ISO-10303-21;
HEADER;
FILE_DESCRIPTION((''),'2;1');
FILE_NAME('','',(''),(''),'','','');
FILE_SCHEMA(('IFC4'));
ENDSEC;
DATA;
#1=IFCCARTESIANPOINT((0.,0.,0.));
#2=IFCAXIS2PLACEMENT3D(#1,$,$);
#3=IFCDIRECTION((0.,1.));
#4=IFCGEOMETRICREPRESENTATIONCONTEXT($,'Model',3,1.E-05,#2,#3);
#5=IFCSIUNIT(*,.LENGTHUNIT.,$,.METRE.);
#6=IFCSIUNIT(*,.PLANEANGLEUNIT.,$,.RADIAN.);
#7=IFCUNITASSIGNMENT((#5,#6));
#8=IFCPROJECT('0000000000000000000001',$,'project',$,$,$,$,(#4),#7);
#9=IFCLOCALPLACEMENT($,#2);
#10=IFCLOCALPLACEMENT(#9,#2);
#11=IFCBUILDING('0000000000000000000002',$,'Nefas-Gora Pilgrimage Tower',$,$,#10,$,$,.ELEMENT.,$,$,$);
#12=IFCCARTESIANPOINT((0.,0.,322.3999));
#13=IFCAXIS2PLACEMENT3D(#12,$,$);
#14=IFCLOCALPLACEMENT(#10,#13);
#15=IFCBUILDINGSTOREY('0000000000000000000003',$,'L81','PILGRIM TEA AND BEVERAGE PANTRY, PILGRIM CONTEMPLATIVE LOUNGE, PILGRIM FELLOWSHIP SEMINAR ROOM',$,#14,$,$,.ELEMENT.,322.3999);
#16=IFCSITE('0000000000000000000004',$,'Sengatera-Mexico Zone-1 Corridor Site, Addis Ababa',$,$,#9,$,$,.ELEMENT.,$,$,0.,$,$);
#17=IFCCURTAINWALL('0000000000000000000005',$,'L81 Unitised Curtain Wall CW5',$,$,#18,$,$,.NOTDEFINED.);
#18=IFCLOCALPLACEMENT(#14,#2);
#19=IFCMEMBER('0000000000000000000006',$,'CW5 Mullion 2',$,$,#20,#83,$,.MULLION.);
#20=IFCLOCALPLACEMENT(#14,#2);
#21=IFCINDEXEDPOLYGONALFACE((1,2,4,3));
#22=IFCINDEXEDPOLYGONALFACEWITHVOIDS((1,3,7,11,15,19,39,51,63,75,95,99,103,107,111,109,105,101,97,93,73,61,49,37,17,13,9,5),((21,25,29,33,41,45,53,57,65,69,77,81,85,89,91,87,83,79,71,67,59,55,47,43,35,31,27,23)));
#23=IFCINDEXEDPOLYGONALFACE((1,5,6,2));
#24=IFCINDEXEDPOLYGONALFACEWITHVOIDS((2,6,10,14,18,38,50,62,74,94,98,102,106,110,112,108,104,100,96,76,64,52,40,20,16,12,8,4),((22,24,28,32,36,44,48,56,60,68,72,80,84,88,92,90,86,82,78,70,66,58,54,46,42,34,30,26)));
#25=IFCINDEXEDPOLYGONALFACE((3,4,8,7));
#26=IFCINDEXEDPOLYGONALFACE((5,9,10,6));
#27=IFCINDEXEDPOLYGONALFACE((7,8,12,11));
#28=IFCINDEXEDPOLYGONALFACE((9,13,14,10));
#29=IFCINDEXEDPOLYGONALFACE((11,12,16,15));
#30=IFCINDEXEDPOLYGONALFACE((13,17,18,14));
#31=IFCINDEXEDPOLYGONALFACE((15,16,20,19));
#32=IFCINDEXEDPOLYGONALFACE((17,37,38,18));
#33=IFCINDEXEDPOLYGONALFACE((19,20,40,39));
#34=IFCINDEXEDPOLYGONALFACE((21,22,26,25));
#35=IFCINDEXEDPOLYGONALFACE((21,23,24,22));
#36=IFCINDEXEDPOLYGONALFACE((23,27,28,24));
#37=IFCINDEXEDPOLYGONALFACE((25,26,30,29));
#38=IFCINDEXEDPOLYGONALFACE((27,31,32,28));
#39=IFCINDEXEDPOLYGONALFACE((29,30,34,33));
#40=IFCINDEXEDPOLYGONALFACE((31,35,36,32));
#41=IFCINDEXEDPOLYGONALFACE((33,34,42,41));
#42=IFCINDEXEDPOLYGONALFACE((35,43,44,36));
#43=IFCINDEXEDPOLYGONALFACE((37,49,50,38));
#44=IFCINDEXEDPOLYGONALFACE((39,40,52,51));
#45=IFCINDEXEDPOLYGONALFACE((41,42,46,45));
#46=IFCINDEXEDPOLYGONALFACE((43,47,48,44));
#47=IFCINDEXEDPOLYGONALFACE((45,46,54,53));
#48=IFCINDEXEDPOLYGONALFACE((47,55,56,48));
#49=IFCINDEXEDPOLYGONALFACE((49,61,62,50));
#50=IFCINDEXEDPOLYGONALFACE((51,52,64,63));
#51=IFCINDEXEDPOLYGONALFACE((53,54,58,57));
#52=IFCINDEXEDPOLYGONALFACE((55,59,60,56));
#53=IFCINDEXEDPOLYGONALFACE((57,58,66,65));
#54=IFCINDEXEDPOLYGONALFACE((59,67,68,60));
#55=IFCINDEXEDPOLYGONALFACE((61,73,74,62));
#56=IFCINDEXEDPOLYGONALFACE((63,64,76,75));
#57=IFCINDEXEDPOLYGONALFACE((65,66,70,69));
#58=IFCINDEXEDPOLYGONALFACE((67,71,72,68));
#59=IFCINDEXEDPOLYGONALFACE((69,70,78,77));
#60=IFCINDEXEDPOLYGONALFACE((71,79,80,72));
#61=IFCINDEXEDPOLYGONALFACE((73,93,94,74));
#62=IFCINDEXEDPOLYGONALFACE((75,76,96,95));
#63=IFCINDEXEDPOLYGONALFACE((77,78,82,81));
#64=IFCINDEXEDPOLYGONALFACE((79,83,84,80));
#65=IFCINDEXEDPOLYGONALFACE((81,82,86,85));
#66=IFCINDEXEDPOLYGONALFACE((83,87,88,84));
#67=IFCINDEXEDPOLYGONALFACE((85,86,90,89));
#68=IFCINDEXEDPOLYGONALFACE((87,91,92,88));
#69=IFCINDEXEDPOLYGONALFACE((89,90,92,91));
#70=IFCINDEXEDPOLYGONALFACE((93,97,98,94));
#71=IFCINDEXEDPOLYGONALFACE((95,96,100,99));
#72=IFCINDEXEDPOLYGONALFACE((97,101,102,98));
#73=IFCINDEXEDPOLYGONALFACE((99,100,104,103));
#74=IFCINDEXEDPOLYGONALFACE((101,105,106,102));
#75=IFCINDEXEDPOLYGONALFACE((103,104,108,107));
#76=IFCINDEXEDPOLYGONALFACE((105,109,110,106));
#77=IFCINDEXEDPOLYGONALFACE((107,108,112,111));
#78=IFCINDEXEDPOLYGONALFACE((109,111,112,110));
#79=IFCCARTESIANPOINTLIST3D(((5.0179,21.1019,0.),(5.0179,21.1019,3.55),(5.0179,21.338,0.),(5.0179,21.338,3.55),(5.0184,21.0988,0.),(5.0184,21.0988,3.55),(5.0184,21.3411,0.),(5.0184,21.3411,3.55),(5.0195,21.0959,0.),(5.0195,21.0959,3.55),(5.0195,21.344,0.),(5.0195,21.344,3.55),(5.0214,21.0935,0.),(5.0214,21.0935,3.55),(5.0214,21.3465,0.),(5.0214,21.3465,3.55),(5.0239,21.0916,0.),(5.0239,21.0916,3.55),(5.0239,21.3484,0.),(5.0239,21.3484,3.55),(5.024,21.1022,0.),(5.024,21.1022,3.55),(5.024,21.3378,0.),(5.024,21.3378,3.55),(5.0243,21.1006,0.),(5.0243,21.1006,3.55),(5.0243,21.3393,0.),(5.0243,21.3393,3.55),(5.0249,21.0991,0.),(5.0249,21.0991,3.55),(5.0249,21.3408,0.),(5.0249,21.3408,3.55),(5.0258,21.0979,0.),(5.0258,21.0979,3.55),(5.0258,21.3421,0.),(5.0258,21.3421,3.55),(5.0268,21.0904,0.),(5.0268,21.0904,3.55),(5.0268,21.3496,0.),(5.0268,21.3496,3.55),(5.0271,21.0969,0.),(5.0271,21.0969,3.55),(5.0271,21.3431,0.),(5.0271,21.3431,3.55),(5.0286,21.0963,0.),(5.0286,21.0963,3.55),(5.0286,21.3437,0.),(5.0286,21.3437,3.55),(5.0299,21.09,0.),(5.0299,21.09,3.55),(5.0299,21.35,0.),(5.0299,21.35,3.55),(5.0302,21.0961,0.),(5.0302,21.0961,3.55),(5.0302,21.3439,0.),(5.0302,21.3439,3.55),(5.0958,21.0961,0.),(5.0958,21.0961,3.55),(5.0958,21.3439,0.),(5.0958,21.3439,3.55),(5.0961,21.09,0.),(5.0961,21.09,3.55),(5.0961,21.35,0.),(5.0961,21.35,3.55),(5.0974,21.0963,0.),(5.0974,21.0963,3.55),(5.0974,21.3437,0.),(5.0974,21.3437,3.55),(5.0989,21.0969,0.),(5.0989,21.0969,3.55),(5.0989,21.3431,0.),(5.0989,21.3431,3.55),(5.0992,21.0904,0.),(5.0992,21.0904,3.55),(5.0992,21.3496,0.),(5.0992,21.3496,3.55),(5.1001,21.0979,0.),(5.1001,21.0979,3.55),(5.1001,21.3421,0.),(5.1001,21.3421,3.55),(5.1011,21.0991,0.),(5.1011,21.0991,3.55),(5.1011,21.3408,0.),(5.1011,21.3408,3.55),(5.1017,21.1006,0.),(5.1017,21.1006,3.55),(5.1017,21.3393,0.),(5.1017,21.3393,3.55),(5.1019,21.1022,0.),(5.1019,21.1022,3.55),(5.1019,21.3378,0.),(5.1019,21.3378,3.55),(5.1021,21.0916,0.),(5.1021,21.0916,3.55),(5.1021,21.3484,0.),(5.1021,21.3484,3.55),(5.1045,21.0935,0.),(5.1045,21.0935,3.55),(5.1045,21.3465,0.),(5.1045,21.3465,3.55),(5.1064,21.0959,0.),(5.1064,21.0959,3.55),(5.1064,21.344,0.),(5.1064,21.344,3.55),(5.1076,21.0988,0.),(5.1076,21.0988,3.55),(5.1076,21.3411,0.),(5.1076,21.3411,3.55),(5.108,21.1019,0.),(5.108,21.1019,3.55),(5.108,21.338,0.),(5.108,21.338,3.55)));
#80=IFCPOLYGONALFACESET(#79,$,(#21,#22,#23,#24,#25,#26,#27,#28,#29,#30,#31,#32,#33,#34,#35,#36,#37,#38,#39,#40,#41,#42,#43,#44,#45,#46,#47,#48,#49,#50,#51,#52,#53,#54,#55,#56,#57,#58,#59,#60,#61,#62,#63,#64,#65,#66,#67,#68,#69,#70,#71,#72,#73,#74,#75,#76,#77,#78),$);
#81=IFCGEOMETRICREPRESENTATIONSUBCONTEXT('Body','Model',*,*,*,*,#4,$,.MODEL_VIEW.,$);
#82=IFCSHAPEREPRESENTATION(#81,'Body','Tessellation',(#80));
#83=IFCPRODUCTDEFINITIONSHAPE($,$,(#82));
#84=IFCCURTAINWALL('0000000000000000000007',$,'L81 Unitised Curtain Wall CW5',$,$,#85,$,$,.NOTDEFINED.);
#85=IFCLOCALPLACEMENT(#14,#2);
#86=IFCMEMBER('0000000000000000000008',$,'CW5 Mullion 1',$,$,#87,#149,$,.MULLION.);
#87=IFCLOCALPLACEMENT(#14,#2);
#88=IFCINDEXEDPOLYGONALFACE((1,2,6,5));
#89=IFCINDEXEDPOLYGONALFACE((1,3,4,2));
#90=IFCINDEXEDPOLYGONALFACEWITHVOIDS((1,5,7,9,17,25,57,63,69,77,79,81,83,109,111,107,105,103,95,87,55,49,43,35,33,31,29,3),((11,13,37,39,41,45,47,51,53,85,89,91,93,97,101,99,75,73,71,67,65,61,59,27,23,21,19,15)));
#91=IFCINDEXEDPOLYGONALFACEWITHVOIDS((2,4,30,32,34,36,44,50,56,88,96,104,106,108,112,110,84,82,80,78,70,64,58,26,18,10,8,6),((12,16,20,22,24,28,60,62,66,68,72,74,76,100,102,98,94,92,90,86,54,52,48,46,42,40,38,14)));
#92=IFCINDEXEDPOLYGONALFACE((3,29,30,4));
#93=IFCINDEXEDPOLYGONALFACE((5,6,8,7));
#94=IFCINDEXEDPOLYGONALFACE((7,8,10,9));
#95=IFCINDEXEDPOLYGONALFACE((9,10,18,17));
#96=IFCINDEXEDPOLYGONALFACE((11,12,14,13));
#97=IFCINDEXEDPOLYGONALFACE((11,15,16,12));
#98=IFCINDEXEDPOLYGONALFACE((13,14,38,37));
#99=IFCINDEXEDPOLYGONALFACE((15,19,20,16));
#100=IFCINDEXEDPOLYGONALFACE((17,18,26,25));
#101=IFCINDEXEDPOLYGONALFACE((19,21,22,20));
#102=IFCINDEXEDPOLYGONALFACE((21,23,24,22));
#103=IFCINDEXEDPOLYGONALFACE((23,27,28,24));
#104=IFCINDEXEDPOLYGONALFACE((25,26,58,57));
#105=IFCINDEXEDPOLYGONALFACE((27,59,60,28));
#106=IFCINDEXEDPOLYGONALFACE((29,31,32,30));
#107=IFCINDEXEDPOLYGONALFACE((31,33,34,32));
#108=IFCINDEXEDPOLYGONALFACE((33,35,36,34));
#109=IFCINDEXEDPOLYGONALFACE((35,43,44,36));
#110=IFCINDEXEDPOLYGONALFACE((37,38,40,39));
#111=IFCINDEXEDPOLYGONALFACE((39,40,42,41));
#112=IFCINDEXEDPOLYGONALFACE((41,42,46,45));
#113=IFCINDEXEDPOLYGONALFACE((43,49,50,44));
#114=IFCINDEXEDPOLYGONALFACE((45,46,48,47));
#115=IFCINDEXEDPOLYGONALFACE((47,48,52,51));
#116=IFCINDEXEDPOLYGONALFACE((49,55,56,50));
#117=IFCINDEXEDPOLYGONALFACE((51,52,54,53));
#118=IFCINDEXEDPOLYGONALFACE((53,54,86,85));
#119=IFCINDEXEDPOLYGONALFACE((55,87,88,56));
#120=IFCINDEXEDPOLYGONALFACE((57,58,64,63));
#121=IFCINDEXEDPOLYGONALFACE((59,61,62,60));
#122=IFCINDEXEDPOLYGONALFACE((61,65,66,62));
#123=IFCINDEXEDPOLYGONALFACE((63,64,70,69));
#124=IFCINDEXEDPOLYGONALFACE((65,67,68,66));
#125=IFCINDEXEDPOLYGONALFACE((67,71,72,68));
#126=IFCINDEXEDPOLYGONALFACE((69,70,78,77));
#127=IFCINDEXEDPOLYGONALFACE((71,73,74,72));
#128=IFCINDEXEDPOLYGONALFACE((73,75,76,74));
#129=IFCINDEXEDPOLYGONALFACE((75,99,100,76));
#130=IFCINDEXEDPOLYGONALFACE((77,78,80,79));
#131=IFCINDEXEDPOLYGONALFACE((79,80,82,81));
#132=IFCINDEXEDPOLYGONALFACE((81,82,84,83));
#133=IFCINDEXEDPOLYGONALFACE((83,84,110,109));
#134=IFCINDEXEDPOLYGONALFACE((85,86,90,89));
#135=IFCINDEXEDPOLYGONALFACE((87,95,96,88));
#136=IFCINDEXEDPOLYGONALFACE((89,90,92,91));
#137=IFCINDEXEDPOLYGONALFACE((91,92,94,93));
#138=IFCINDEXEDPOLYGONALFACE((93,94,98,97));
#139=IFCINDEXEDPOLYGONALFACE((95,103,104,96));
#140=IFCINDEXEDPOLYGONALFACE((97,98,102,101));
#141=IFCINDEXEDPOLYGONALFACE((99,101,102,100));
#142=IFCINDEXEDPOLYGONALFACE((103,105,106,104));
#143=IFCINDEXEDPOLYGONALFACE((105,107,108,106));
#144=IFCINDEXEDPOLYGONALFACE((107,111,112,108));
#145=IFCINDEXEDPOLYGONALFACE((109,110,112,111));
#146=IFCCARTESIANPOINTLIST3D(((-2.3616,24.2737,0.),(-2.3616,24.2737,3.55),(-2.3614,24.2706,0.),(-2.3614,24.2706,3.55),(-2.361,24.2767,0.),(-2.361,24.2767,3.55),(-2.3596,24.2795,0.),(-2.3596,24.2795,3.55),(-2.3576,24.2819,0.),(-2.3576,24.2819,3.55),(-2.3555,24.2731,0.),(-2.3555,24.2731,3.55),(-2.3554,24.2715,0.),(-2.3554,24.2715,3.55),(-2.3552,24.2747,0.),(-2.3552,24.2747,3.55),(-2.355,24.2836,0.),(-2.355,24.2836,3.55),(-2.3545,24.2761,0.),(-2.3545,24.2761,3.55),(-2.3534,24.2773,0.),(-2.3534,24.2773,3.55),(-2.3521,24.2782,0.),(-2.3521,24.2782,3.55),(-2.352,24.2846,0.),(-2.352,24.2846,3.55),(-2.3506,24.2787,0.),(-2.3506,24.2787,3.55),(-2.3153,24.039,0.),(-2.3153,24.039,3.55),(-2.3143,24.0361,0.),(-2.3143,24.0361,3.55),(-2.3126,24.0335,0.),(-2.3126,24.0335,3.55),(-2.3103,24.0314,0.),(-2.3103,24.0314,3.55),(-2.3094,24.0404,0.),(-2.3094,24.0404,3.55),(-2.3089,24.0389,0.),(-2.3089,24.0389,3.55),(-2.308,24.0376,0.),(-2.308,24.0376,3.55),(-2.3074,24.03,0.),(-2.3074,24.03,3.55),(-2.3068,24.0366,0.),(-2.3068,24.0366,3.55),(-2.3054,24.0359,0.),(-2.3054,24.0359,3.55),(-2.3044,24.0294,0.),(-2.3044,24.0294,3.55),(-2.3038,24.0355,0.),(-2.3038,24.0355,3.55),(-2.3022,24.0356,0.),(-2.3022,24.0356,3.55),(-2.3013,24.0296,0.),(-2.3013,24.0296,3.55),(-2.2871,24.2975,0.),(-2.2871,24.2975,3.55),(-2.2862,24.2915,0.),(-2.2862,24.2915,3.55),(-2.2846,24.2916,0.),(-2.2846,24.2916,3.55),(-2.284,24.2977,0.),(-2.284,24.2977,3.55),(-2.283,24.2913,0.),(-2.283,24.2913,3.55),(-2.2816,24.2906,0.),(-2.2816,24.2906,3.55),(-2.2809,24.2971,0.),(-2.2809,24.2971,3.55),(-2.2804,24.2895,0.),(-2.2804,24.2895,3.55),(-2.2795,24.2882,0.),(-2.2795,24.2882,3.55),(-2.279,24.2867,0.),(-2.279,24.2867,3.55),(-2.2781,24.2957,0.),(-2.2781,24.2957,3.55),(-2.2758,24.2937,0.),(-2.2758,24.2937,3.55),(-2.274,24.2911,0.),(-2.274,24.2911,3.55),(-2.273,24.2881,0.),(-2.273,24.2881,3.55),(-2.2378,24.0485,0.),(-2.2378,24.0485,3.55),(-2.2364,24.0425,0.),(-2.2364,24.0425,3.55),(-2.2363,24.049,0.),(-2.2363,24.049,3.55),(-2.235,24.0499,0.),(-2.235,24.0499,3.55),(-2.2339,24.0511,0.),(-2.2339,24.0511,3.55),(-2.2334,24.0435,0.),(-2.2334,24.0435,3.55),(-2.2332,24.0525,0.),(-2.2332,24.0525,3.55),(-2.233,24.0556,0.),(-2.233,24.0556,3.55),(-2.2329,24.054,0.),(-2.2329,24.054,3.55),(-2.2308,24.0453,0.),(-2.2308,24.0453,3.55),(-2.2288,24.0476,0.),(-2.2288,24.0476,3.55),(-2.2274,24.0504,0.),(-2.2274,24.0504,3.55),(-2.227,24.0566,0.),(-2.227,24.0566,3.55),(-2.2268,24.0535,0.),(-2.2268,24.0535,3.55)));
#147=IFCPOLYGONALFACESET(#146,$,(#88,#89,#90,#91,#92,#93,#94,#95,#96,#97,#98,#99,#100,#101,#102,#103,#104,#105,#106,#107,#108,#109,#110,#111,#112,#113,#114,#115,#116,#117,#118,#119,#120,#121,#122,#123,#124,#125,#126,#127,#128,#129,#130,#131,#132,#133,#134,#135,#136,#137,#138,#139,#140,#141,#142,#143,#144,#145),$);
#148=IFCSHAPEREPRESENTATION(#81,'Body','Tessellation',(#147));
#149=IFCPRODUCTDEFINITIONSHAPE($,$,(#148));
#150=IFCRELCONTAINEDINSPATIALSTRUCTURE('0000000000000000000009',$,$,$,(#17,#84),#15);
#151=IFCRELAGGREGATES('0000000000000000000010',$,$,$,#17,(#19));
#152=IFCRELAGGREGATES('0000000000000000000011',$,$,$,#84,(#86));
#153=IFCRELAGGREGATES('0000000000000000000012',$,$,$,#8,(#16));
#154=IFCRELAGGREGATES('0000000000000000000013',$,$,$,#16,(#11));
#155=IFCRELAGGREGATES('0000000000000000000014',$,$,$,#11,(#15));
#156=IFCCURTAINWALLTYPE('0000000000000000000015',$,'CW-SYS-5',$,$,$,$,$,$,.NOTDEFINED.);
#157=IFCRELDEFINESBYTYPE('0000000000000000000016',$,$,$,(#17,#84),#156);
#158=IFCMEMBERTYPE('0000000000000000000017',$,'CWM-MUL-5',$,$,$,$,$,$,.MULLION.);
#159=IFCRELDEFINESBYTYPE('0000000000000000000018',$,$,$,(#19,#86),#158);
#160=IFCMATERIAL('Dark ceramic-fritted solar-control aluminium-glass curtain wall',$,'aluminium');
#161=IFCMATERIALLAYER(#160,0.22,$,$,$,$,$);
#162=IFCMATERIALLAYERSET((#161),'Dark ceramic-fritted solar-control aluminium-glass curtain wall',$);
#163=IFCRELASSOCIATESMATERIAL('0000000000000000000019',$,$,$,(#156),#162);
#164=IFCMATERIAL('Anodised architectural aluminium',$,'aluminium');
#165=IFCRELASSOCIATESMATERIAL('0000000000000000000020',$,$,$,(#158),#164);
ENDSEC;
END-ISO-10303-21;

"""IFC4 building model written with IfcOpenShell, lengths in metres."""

from ifc_helpers import new_model, si_unit, direction, frame, origin, origin_2d, place, context, subcontext, project, spatial, hollow_rectangle, extrude, source, transform, mapped, material, layer, layer_set, material_profile, profile_set, type_object, element, aggregate, save


model = new_model("IFC4")

# Units and contexts
model_context = context("Model", 3, precision=1e-05, world=origin(), true_north=direction((0.0, 1.0)))
body_context = subcontext(model_context, "Body", "Model", "MODEL_VIEW")
ifc_project = project(units=[si_unit("LENGTHUNIT", "METRE"), si_unit("PLANEANGLEUNIT", "RADIAN")], contexts=[model_context])

# Site, building, storey
site_placement = place(None, origin())
site = spatial("IfcSite", under=ifc_project, at=site_placement, Name="Sengatera-Mexico Zone-1 Corridor Site, Addis Ababa", CompositionType="ELEMENT", RefElevation=0.0)
building_placement = place(site_placement, origin())
building = spatial("IfcBuilding", under=site, at=building_placement, Name="Nefas-Gora Pilgrimage Tower", CompositionType="ELEMENT")
storey_placement = place(building_placement, frame((0.0, 0.0, 322.3999)))
storey = spatial("IfcBuildingStorey", under=building, at=storey_placement, Name="L81", Description="PILGRIM TEA AND BEVERAGE PANTRY, PILGRIM CONTEMPLATIVE LOUNGE, PILGRIM FELLOWSHIP SEMINAR ROOM", CompositionType="ELEMENT", Elevation=322.3999)

# Curtain wall, member
ifc_material_1 = material(Name="Dark ceramic-fritted solar-control aluminium-glass curtain wall", Category="aluminium")
ifc_layer_1 = layer(ifc_material_1, 0.22)
ifc_layer_set_1 = layer_set([ifc_layer_1], Name="Dark ceramic-fritted solar-control aluminium-glass curtain wall")
curtain_wall_type = type_object("IfcCurtainWallType", Name="CW-SYS-5", PredefinedType="NOTDEFINED", material=ifc_layer_set_1)
curtain_wall_1_placement = place(storey_placement, origin())
curtain_wall_1 = element("IfcCurtainWall", 1, at=curtain_wall_1_placement, inside=storey, type_object=curtain_wall_type, Name="L81 Unitised Curtain Wall CW5", PredefinedType="NOTDEFINED")
ifc_material_2 = material(Name="Anodised architectural aluminium", Category="aluminium")
ifc_material_profile_1 = material_profile(ifc_material_2, hollow_rectangle(XDim=0.0901, YDim=0.26, WallThickness=0.0061, InnerFilletRadius=0.0061, OuterFilletRadius=0.012, at=origin_2d()), Name="ALU MULLION 90x260")
ifc_profile_set_1 = profile_set([ifc_material_profile_1], Name="Anodised architectural aluminium")
member_type_1 = type_object("IfcMemberType", Name="CWM-MUL-5", PredefinedType="MULLION", material=ifc_profile_set_1)
shared_shape_1 = source(origin(), body_context, "Body", "SweptSolid", [
    extrude(hollow_rectangle(XDim=0.0901, YDim=0.26, WallThickness=0.0061, InnerFilletRadius=0.0061, OuterFilletRadius=0.012, at=origin_2d()), origin(), (0.0, 0.0, 1.0), 3.55),
])
member_1_placement = place(storey_placement, frame((5.063, 21.22, 0.0), z_axis=(0.0, 0.0, 1.0), x_axis=(-1.0, 0.0, 0.0)))
member_1 = element("IfcMember", 2, at=member_1_placement, type_object=member_type_1, Name="CW5 Mullion 2", PredefinedType="MULLION", context=body_context, shape_type="MappedRepresentation", body=[
    mapped(shared_shape_1, transform((0.0, 0.0, 0.0), x_axis=(1.0, 0.0, 0.0), y_axis=(0.0, 1.0, 0.0), z_axis=(0.0, 0.0, 1.0), scale=1.0)),
])
aggregate(curtain_wall_1, [member_1])

# Curtain wall, member
curtain_wall_2_placement = place(storey_placement, origin())
curtain_wall_2 = element("IfcCurtainWall", 3, at=curtain_wall_2_placement, inside=storey, type_object=curtain_wall_type, Name="L81 Unitised Curtain Wall CW5", PredefinedType="NOTDEFINED")
member_2_placement = place(storey_placement, frame((-2.2942, 24.1636, 0.0), z_axis=(0.0, 0.0, 1.0), x_axis=(-0.980783, -0.195102, 0.0)))
member_2 = element("IfcMember", 4, at=member_2_placement, type_object=member_type_1, Name="CW5 Mullion 1", PredefinedType="MULLION", context=body_context, shape_type="MappedRepresentation", body=[
    mapped(shared_shape_1, transform((0.0, 0.0, 0.0), x_axis=(1.0, 0.0, 0.0), y_axis=(0.0, 1.0, 0.0), z_axis=(0.0, 0.0, 1.0), scale=1.0)),
])
aggregate(curtain_wall_2, [member_2])

save(model, "model.ifc")
